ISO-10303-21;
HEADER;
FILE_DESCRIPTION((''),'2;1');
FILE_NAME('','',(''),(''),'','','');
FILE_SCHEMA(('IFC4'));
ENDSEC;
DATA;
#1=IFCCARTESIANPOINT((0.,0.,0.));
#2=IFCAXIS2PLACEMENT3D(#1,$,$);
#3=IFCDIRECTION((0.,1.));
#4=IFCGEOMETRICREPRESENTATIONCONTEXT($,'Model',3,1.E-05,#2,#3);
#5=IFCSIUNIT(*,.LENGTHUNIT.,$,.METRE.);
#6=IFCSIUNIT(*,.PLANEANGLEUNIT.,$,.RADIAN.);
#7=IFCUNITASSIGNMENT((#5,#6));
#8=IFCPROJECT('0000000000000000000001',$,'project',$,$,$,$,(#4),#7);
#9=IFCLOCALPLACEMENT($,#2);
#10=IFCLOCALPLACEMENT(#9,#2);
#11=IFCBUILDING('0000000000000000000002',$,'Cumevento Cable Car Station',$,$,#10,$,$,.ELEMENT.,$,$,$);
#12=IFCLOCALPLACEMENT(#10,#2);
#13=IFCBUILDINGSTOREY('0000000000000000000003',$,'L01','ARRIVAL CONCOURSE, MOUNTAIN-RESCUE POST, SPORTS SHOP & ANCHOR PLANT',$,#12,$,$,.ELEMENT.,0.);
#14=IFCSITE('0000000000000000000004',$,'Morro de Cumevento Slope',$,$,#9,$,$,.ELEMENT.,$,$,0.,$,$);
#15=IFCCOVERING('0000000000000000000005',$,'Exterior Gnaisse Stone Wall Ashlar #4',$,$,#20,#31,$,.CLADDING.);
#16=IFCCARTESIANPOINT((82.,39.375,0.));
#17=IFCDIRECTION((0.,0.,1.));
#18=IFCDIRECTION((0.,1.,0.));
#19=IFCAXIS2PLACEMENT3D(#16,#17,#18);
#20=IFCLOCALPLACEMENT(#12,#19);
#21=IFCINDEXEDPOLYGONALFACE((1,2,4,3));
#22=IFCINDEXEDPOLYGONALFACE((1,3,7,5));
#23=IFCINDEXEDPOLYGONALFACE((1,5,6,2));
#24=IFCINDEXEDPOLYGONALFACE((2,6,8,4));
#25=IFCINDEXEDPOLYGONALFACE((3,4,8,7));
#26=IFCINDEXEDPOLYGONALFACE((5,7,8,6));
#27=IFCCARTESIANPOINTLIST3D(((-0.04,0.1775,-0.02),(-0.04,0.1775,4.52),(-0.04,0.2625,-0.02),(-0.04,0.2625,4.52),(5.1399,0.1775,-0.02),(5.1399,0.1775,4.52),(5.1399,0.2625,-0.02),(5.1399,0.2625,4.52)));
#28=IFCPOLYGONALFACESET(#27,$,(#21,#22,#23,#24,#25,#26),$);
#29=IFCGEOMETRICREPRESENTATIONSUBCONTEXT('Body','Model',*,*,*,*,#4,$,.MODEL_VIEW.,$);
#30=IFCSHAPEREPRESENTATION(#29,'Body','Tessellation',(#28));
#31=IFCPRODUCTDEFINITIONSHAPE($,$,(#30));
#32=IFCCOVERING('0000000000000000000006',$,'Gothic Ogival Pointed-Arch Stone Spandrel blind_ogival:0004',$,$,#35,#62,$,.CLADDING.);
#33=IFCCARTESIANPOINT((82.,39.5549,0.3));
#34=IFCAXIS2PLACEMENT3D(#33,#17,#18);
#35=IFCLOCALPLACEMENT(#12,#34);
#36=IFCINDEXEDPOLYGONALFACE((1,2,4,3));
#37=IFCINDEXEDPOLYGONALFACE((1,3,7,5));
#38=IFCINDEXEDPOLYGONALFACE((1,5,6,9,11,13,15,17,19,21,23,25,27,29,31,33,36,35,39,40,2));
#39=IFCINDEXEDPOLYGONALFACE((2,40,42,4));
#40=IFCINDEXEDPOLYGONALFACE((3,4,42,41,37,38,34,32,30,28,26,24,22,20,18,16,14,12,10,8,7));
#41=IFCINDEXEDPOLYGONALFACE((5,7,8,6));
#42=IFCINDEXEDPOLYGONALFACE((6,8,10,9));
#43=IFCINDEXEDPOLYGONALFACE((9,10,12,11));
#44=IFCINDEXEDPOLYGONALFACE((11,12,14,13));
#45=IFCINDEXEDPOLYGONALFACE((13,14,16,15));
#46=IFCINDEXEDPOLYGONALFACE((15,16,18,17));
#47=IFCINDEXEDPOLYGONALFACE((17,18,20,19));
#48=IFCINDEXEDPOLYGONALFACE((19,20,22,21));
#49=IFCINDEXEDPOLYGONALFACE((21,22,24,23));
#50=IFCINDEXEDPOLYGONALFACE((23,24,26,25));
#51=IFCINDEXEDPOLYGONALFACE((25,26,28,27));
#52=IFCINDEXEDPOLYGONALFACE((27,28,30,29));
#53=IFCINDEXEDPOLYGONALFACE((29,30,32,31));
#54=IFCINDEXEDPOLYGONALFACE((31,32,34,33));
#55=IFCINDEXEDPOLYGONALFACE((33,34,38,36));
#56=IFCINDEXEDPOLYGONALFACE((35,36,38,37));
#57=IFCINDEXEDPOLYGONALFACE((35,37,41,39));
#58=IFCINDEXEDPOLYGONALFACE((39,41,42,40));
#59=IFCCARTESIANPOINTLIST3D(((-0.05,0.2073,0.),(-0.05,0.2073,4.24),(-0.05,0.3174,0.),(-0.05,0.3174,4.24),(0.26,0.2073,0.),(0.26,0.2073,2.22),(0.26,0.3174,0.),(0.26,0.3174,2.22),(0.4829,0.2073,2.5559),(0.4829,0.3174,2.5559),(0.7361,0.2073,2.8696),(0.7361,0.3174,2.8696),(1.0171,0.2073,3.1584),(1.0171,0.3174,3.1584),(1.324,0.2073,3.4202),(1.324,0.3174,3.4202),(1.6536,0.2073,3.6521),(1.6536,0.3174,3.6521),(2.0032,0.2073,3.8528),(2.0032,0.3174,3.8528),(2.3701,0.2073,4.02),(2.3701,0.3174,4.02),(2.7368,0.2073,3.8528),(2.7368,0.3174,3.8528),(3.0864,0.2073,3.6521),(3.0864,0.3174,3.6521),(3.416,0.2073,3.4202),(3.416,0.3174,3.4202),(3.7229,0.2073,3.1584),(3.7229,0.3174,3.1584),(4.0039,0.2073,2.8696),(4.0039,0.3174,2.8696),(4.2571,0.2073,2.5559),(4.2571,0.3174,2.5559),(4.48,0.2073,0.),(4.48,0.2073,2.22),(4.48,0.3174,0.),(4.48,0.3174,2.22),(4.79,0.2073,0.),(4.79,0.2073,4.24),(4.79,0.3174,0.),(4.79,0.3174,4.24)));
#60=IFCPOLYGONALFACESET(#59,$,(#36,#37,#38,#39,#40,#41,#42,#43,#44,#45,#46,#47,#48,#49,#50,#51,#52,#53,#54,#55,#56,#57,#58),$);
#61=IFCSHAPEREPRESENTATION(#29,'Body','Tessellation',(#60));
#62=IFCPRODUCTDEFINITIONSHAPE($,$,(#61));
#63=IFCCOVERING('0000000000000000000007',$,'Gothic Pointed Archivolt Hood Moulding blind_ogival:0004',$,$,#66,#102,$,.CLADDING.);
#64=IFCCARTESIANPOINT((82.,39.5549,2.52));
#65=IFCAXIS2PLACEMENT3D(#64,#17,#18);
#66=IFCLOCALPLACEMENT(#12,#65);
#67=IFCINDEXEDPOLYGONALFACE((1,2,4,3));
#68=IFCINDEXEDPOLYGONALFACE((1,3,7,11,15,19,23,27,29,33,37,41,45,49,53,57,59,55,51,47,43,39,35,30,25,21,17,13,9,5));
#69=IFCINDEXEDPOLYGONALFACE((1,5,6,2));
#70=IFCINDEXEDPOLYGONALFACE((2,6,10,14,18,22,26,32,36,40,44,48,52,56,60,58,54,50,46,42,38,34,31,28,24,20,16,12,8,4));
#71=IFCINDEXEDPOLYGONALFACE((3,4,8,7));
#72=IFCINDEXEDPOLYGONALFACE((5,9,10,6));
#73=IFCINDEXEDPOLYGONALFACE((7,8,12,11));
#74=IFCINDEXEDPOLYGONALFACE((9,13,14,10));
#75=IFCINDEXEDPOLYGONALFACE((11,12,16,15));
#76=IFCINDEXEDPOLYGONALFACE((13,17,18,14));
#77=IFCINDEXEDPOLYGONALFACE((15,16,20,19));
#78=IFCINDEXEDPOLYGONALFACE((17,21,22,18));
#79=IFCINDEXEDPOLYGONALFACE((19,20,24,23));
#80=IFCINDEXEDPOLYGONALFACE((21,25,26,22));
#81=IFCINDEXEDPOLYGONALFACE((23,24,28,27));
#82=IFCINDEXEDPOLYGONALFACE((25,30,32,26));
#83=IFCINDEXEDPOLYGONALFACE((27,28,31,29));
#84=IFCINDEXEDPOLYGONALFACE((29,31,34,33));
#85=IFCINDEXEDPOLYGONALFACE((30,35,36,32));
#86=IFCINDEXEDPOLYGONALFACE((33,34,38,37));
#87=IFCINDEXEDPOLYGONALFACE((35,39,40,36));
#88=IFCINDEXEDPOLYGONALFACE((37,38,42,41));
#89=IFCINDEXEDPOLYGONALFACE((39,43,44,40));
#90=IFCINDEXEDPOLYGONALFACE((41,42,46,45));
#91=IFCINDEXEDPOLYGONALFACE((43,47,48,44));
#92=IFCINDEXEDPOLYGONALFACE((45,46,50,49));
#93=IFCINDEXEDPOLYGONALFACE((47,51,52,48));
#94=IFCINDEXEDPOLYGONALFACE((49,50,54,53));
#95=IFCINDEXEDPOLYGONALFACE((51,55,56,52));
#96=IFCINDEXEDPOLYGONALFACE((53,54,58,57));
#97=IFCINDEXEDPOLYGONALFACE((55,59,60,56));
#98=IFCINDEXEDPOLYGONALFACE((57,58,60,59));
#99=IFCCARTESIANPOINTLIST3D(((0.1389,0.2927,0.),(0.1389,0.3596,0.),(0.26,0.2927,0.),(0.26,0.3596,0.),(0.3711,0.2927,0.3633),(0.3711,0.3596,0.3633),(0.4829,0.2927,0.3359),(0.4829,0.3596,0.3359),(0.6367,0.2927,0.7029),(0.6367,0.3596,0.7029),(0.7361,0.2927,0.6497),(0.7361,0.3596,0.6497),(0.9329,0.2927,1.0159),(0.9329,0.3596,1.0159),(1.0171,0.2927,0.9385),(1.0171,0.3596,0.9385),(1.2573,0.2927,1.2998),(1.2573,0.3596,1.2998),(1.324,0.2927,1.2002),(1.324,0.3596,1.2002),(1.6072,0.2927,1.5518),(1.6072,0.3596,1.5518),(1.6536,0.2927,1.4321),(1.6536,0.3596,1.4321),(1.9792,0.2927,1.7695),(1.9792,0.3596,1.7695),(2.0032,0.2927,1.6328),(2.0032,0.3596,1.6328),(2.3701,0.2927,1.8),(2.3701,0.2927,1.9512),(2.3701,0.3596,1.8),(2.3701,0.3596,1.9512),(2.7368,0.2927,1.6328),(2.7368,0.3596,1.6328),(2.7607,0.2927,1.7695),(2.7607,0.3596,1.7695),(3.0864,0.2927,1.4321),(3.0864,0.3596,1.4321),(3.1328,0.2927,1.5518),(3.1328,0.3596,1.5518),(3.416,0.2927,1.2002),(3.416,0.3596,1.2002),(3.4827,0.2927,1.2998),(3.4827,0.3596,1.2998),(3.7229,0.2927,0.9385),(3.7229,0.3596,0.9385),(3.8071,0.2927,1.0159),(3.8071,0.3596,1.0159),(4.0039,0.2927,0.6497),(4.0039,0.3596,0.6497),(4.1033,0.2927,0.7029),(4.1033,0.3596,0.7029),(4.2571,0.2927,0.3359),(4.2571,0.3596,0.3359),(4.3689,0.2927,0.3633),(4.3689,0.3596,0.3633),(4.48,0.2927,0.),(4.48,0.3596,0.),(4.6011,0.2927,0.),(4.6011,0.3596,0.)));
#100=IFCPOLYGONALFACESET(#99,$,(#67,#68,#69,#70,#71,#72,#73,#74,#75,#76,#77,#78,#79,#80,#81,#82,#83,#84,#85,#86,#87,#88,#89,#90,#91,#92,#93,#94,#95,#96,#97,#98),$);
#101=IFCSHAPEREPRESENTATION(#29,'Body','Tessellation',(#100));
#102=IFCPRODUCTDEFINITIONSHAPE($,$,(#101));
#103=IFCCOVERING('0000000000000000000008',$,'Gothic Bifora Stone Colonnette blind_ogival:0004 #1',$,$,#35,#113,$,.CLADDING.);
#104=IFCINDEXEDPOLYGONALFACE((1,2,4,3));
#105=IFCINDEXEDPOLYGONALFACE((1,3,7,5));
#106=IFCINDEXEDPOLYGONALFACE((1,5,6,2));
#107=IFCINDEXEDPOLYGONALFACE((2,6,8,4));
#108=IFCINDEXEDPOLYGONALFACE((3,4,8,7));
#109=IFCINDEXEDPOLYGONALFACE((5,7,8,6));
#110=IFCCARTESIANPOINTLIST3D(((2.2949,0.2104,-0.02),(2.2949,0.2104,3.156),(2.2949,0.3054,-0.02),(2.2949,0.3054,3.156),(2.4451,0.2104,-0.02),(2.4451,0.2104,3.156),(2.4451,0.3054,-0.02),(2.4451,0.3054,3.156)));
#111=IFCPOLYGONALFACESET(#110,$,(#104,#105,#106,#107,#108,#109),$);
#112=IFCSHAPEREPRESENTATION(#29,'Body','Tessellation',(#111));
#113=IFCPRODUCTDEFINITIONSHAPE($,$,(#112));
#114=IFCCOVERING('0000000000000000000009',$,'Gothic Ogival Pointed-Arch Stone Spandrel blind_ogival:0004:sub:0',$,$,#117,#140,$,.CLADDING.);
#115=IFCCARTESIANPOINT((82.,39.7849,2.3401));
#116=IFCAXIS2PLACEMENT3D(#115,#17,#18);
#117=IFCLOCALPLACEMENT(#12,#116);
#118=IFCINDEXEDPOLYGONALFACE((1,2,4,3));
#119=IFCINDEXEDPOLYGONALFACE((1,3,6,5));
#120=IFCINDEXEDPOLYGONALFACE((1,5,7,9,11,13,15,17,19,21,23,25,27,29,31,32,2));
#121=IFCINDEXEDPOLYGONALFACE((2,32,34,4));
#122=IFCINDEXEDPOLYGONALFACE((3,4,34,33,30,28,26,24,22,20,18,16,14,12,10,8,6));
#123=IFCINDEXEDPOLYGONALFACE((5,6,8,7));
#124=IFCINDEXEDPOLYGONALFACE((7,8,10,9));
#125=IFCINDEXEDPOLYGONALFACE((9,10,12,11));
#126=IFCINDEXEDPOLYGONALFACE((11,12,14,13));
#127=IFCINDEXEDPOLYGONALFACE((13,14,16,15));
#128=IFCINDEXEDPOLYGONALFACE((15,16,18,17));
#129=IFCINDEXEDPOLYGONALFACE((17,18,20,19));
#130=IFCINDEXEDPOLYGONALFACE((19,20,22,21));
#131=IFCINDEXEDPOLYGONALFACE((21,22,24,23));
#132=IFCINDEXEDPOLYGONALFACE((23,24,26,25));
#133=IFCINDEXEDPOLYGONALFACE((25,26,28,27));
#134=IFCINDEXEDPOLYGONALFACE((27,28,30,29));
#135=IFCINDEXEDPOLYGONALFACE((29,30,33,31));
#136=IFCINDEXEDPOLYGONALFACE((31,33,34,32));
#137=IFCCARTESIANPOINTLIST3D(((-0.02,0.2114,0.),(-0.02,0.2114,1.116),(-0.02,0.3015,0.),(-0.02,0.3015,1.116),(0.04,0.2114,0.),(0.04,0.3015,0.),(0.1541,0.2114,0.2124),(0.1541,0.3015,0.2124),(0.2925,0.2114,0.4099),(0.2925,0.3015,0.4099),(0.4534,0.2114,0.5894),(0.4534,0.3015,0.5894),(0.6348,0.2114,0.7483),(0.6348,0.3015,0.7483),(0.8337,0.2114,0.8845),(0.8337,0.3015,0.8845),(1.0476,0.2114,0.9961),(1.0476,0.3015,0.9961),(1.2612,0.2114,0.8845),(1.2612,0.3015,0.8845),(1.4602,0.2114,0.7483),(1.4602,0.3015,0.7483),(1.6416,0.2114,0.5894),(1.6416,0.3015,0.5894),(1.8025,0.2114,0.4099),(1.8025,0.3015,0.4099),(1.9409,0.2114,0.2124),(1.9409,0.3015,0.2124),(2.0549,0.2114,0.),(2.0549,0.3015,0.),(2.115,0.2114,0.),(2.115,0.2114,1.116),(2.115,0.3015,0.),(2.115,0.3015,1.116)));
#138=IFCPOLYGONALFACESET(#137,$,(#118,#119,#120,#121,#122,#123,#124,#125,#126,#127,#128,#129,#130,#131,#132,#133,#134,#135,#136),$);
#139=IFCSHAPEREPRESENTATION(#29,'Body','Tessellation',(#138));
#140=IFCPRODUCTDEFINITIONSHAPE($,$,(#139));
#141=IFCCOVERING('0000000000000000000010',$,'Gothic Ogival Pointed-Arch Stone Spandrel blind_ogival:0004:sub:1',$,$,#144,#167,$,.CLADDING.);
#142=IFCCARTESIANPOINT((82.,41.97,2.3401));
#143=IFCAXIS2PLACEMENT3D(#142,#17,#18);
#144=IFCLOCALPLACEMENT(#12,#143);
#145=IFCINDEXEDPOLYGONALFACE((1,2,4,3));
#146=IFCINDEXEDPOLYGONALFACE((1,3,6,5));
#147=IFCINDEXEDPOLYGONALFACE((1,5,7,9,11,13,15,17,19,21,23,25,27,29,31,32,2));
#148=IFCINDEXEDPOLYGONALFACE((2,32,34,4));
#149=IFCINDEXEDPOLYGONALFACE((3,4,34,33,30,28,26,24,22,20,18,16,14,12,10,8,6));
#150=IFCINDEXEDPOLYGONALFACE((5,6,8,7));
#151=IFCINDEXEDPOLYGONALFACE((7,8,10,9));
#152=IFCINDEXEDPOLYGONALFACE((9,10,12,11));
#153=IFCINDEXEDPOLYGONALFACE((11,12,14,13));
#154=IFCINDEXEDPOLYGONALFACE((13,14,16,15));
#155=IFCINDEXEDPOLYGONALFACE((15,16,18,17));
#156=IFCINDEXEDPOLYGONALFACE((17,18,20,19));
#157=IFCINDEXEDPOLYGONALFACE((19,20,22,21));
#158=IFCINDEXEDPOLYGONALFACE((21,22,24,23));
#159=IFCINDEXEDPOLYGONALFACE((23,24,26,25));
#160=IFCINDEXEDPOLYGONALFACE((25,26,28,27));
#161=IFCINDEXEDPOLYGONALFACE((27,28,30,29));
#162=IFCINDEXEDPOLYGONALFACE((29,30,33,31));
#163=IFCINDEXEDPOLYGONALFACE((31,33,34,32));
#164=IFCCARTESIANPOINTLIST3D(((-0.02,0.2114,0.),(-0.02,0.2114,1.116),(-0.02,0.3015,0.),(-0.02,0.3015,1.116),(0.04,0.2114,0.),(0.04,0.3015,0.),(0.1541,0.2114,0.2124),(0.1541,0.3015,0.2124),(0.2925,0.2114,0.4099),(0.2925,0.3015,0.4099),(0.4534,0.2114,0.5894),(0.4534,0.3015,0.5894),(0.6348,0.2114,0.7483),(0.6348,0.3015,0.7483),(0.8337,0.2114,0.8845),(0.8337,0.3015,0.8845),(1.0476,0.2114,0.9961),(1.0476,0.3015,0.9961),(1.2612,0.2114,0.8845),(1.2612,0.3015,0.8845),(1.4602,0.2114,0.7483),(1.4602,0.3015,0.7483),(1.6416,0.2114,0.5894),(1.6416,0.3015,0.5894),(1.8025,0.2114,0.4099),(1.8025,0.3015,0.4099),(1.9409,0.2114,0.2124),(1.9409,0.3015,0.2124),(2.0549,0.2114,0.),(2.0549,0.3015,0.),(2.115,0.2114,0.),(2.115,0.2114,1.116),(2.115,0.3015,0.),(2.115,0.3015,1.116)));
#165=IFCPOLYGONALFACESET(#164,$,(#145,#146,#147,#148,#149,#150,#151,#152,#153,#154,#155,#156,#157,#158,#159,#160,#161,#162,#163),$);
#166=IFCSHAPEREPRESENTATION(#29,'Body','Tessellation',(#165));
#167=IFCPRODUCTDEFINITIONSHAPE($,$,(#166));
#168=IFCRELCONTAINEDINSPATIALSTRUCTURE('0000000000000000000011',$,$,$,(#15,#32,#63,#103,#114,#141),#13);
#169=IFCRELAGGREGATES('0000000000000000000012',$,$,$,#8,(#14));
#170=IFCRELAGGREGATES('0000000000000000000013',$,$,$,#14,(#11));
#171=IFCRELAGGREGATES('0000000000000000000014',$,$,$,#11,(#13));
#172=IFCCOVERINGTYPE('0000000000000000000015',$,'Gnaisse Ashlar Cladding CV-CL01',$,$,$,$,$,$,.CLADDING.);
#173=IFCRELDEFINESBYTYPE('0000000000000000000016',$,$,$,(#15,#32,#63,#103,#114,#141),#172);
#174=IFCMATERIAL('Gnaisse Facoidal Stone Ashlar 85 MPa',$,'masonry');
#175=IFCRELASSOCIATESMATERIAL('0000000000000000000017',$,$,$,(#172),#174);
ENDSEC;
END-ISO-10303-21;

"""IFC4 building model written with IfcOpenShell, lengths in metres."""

from ifc_helpers import new_model, si_unit, direction, frame, origin, place, context, subcontext, project, spatial, polyline, outline, extrude, material, type_object, element, save


model = new_model("IFC4")

# Units and contexts
model_context = context("Model", 3, precision=1e-05, world=origin(), true_north=direction((0.0, 1.0)))
body_context = subcontext(model_context, "Body", "Model", "MODEL_VIEW")
ifc_project = project(units=[si_unit("LENGTHUNIT", "METRE"), si_unit("PLANEANGLEUNIT", "RADIAN")], contexts=[model_context])

# Site, building, storey
site_placement = place(None, origin())
site = spatial("IfcSite", under=ifc_project, at=site_placement, Name="Morro de Cumevento Slope", CompositionType="ELEMENT", RefElevation=0.0)
building_placement = place(site_placement, origin())
building = spatial("IfcBuilding", under=site, at=building_placement, Name="Cumevento Cable Car Station", CompositionType="ELEMENT")
storey_placement = place(building_placement, origin())
storey = spatial("IfcBuildingStorey", under=building, at=storey_placement, Name="L01", Description="ARRIVAL CONCOURSE, MOUNTAIN-RESCUE POST, SPORTS SHOP & ANCHOR PLANT", CompositionType="ELEMENT", Elevation=0.0)

# Coverings
ifc_material_1 = material(Name="Gnaisse Facoidal Stone Ashlar 85 MPa", Category="masonry")
covering_type = type_object("IfcCoveringType", Name="Gnaisse Ashlar Cladding CV-CL01", PredefinedType="CLADDING", material=ifc_material_1)
covering_1_placement = place(storey_placement, frame((82.0, 39.375, 0.0), z_axis=(0.0, 0.0, 1.0), x_axis=(0.0, 1.0, 0.0)))
element("IfcCovering", 1, at=covering_1_placement, inside=storey, type_object=covering_type, Name="Exterior Gnaisse Stone Wall Ashlar #4", PredefinedType="CLADDING", context=body_context, shape_type="SweptSolid", body=[
    extrude(outline(polyline([(-0.04, -0.02), (5.1399, -0.02), (5.1399, 4.52), (-0.04, 4.52), (-0.04, -0.02)])), frame((0.0, 0.2625, 0.0), z_axis=(0.0, -1.0, 0.0), x_axis=(1.0, 0.0, 0.0)), (0.0, 0.0, 1.0), 0.085),
])
placement = place(storey_placement, frame((82.0, 39.5549, 0.3), z_axis=(0.0, 0.0, 1.0), x_axis=(0.0, 1.0, 0.0)))
element("IfcCovering", 2, at=placement, inside=storey, type_object=covering_type, Name="Gothic Ogival Pointed-Arch Stone Spandrel blind_ogival:0004", PredefinedType="CLADDING", context=body_context, shape_type="SweptSolid", body=[
    extrude(outline(polyline([(-0.05, 0.0), (-0.05, 4.24), (4.79, 4.24), (4.79, 0.0), (4.48, 0.0), (4.48, 2.22), (4.2571, 2.5559), (4.0039, 2.8696), (3.7229, 3.1584), (3.416, 3.4202), (3.0864, 3.6521), (2.7368, 3.8528), (2.3701, 4.02), (2.0032, 3.8528), (1.6536, 3.6521), (1.324, 3.4202), (1.0171, 3.1584), (0.7361, 2.8696), (0.4829, 2.5559), (0.26, 2.22), (0.26, 0.0), (-0.05, 0.0)])), frame((0.0, 0.3174, 0.0), z_axis=(0.0, -1.0, 0.0), x_axis=(1.0, 0.0, 0.0)), (0.0, 0.0, 1.0), 0.1101),
])
covering_2_placement = place(storey_placement, frame((82.0, 39.5549, 2.52), z_axis=(0.0, 0.0, 1.0), x_axis=(0.0, 1.0, 0.0)))
element("IfcCovering", 3, at=covering_2_placement, inside=storey, type_object=covering_type, Name="Gothic Pointed Archivolt Hood Moulding blind_ogival:0004", PredefinedType="CLADDING", context=body_context, shape_type="SweptSolid", body=[
    extrude(outline(polyline([(0.26, 0.0), (0.4829, 0.3359), (0.7361, 0.6497), (1.0171, 0.9385), (1.324, 1.2002), (1.6536, 1.4321), (2.0032, 1.6328), (2.3701, 1.8), (2.7368, 1.6328), (3.0864, 1.4321), (3.416, 1.2002), (3.7229, 0.9385), (4.0039, 0.6497), (4.2571, 0.3359), (4.48, 0.0), (4.6011, 0.0), (4.3689, 0.3633), (4.1033, 0.7029), (3.8071, 1.0159), (3.4827, 1.2998), (3.1328, 1.5518), (2.7607, 1.7695), (2.3701, 1.9512), (1.9792, 1.7695), (1.6072, 1.5518), (1.2573, 1.2998), (0.9329, 1.0159), (0.6367, 0.7029), (0.3711, 0.3633), (0.1389, 0.0), (0.26, 0.0)])), frame((0.0, 0.3596, 0.0), z_axis=(0.0, -1.0, 0.0), x_axis=(1.0, 0.0, 0.0)), (0.0, 0.0, 1.0), 0.0669),
])
element("IfcCovering", 4, at=placement, inside=storey, type_object=covering_type, Name="Gothic Bifora Stone Colonnette blind_ogival:0004 #1", PredefinedType="CLADDING", context=body_context, shape_type="SweptSolid", body=[
    extrude(outline(polyline([(2.2949, -0.02), (2.4451, -0.02), (2.4451, 3.156), (2.2949, 3.156), (2.2949, -0.02)])), frame((0.0, 0.3054, 0.0), z_axis=(0.0, -1.0, 0.0), x_axis=(1.0, 0.0, 0.0)), (0.0, 0.0, 1.0), 0.095),
])
for number, where, z_axis, x_axis, name in (
    (5, (82.0, 39.7849, 2.3401), (0.0, 0.0, 1.0), (0.0, 1.0, 0.0), "Gothic Ogival Pointed-Arch Stone Spandrel blind_ogival:0004:sub:0"),
    (6, (82.0, 41.97, 2.3401), (0.0, 0.0, 1.0), (0.0, 1.0, 0.0), "Gothic Ogival Pointed-Arch Stone Spandrel blind_ogival:0004:sub:1"),
):
    element("IfcCovering", number, at=place(storey_placement, frame(where, z_axis=z_axis, x_axis=x_axis)), inside=storey, type_object=covering_type, Name=name, PredefinedType="CLADDING", context=body_context, shape_type="SweptSolid", body=[
        extrude(outline(polyline([(-0.02, 0.0), (-0.02, 1.116), (2.115, 1.116), (2.115, 0.0), (2.0549, 0.0), (1.9409, 0.2124), (1.8025, 0.4099), (1.6416, 0.5894), (1.4602, 0.7483), (1.2612, 0.8845), (1.0476, 0.9961), (0.8337, 0.8845), (0.6348, 0.7483), (0.4534, 0.5894), (0.2925, 0.4099), (0.1541, 0.2124), (0.04, 0.0), (-0.02, 0.0)])), frame((0.0, 0.3015, 0.0), z_axis=(0.0, -1.0, 0.0), x_axis=(1.0, 0.0, 0.0)), (0.0, 0.0, 1.0), 0.0901),
    ])

save(model, "model.ifc")
